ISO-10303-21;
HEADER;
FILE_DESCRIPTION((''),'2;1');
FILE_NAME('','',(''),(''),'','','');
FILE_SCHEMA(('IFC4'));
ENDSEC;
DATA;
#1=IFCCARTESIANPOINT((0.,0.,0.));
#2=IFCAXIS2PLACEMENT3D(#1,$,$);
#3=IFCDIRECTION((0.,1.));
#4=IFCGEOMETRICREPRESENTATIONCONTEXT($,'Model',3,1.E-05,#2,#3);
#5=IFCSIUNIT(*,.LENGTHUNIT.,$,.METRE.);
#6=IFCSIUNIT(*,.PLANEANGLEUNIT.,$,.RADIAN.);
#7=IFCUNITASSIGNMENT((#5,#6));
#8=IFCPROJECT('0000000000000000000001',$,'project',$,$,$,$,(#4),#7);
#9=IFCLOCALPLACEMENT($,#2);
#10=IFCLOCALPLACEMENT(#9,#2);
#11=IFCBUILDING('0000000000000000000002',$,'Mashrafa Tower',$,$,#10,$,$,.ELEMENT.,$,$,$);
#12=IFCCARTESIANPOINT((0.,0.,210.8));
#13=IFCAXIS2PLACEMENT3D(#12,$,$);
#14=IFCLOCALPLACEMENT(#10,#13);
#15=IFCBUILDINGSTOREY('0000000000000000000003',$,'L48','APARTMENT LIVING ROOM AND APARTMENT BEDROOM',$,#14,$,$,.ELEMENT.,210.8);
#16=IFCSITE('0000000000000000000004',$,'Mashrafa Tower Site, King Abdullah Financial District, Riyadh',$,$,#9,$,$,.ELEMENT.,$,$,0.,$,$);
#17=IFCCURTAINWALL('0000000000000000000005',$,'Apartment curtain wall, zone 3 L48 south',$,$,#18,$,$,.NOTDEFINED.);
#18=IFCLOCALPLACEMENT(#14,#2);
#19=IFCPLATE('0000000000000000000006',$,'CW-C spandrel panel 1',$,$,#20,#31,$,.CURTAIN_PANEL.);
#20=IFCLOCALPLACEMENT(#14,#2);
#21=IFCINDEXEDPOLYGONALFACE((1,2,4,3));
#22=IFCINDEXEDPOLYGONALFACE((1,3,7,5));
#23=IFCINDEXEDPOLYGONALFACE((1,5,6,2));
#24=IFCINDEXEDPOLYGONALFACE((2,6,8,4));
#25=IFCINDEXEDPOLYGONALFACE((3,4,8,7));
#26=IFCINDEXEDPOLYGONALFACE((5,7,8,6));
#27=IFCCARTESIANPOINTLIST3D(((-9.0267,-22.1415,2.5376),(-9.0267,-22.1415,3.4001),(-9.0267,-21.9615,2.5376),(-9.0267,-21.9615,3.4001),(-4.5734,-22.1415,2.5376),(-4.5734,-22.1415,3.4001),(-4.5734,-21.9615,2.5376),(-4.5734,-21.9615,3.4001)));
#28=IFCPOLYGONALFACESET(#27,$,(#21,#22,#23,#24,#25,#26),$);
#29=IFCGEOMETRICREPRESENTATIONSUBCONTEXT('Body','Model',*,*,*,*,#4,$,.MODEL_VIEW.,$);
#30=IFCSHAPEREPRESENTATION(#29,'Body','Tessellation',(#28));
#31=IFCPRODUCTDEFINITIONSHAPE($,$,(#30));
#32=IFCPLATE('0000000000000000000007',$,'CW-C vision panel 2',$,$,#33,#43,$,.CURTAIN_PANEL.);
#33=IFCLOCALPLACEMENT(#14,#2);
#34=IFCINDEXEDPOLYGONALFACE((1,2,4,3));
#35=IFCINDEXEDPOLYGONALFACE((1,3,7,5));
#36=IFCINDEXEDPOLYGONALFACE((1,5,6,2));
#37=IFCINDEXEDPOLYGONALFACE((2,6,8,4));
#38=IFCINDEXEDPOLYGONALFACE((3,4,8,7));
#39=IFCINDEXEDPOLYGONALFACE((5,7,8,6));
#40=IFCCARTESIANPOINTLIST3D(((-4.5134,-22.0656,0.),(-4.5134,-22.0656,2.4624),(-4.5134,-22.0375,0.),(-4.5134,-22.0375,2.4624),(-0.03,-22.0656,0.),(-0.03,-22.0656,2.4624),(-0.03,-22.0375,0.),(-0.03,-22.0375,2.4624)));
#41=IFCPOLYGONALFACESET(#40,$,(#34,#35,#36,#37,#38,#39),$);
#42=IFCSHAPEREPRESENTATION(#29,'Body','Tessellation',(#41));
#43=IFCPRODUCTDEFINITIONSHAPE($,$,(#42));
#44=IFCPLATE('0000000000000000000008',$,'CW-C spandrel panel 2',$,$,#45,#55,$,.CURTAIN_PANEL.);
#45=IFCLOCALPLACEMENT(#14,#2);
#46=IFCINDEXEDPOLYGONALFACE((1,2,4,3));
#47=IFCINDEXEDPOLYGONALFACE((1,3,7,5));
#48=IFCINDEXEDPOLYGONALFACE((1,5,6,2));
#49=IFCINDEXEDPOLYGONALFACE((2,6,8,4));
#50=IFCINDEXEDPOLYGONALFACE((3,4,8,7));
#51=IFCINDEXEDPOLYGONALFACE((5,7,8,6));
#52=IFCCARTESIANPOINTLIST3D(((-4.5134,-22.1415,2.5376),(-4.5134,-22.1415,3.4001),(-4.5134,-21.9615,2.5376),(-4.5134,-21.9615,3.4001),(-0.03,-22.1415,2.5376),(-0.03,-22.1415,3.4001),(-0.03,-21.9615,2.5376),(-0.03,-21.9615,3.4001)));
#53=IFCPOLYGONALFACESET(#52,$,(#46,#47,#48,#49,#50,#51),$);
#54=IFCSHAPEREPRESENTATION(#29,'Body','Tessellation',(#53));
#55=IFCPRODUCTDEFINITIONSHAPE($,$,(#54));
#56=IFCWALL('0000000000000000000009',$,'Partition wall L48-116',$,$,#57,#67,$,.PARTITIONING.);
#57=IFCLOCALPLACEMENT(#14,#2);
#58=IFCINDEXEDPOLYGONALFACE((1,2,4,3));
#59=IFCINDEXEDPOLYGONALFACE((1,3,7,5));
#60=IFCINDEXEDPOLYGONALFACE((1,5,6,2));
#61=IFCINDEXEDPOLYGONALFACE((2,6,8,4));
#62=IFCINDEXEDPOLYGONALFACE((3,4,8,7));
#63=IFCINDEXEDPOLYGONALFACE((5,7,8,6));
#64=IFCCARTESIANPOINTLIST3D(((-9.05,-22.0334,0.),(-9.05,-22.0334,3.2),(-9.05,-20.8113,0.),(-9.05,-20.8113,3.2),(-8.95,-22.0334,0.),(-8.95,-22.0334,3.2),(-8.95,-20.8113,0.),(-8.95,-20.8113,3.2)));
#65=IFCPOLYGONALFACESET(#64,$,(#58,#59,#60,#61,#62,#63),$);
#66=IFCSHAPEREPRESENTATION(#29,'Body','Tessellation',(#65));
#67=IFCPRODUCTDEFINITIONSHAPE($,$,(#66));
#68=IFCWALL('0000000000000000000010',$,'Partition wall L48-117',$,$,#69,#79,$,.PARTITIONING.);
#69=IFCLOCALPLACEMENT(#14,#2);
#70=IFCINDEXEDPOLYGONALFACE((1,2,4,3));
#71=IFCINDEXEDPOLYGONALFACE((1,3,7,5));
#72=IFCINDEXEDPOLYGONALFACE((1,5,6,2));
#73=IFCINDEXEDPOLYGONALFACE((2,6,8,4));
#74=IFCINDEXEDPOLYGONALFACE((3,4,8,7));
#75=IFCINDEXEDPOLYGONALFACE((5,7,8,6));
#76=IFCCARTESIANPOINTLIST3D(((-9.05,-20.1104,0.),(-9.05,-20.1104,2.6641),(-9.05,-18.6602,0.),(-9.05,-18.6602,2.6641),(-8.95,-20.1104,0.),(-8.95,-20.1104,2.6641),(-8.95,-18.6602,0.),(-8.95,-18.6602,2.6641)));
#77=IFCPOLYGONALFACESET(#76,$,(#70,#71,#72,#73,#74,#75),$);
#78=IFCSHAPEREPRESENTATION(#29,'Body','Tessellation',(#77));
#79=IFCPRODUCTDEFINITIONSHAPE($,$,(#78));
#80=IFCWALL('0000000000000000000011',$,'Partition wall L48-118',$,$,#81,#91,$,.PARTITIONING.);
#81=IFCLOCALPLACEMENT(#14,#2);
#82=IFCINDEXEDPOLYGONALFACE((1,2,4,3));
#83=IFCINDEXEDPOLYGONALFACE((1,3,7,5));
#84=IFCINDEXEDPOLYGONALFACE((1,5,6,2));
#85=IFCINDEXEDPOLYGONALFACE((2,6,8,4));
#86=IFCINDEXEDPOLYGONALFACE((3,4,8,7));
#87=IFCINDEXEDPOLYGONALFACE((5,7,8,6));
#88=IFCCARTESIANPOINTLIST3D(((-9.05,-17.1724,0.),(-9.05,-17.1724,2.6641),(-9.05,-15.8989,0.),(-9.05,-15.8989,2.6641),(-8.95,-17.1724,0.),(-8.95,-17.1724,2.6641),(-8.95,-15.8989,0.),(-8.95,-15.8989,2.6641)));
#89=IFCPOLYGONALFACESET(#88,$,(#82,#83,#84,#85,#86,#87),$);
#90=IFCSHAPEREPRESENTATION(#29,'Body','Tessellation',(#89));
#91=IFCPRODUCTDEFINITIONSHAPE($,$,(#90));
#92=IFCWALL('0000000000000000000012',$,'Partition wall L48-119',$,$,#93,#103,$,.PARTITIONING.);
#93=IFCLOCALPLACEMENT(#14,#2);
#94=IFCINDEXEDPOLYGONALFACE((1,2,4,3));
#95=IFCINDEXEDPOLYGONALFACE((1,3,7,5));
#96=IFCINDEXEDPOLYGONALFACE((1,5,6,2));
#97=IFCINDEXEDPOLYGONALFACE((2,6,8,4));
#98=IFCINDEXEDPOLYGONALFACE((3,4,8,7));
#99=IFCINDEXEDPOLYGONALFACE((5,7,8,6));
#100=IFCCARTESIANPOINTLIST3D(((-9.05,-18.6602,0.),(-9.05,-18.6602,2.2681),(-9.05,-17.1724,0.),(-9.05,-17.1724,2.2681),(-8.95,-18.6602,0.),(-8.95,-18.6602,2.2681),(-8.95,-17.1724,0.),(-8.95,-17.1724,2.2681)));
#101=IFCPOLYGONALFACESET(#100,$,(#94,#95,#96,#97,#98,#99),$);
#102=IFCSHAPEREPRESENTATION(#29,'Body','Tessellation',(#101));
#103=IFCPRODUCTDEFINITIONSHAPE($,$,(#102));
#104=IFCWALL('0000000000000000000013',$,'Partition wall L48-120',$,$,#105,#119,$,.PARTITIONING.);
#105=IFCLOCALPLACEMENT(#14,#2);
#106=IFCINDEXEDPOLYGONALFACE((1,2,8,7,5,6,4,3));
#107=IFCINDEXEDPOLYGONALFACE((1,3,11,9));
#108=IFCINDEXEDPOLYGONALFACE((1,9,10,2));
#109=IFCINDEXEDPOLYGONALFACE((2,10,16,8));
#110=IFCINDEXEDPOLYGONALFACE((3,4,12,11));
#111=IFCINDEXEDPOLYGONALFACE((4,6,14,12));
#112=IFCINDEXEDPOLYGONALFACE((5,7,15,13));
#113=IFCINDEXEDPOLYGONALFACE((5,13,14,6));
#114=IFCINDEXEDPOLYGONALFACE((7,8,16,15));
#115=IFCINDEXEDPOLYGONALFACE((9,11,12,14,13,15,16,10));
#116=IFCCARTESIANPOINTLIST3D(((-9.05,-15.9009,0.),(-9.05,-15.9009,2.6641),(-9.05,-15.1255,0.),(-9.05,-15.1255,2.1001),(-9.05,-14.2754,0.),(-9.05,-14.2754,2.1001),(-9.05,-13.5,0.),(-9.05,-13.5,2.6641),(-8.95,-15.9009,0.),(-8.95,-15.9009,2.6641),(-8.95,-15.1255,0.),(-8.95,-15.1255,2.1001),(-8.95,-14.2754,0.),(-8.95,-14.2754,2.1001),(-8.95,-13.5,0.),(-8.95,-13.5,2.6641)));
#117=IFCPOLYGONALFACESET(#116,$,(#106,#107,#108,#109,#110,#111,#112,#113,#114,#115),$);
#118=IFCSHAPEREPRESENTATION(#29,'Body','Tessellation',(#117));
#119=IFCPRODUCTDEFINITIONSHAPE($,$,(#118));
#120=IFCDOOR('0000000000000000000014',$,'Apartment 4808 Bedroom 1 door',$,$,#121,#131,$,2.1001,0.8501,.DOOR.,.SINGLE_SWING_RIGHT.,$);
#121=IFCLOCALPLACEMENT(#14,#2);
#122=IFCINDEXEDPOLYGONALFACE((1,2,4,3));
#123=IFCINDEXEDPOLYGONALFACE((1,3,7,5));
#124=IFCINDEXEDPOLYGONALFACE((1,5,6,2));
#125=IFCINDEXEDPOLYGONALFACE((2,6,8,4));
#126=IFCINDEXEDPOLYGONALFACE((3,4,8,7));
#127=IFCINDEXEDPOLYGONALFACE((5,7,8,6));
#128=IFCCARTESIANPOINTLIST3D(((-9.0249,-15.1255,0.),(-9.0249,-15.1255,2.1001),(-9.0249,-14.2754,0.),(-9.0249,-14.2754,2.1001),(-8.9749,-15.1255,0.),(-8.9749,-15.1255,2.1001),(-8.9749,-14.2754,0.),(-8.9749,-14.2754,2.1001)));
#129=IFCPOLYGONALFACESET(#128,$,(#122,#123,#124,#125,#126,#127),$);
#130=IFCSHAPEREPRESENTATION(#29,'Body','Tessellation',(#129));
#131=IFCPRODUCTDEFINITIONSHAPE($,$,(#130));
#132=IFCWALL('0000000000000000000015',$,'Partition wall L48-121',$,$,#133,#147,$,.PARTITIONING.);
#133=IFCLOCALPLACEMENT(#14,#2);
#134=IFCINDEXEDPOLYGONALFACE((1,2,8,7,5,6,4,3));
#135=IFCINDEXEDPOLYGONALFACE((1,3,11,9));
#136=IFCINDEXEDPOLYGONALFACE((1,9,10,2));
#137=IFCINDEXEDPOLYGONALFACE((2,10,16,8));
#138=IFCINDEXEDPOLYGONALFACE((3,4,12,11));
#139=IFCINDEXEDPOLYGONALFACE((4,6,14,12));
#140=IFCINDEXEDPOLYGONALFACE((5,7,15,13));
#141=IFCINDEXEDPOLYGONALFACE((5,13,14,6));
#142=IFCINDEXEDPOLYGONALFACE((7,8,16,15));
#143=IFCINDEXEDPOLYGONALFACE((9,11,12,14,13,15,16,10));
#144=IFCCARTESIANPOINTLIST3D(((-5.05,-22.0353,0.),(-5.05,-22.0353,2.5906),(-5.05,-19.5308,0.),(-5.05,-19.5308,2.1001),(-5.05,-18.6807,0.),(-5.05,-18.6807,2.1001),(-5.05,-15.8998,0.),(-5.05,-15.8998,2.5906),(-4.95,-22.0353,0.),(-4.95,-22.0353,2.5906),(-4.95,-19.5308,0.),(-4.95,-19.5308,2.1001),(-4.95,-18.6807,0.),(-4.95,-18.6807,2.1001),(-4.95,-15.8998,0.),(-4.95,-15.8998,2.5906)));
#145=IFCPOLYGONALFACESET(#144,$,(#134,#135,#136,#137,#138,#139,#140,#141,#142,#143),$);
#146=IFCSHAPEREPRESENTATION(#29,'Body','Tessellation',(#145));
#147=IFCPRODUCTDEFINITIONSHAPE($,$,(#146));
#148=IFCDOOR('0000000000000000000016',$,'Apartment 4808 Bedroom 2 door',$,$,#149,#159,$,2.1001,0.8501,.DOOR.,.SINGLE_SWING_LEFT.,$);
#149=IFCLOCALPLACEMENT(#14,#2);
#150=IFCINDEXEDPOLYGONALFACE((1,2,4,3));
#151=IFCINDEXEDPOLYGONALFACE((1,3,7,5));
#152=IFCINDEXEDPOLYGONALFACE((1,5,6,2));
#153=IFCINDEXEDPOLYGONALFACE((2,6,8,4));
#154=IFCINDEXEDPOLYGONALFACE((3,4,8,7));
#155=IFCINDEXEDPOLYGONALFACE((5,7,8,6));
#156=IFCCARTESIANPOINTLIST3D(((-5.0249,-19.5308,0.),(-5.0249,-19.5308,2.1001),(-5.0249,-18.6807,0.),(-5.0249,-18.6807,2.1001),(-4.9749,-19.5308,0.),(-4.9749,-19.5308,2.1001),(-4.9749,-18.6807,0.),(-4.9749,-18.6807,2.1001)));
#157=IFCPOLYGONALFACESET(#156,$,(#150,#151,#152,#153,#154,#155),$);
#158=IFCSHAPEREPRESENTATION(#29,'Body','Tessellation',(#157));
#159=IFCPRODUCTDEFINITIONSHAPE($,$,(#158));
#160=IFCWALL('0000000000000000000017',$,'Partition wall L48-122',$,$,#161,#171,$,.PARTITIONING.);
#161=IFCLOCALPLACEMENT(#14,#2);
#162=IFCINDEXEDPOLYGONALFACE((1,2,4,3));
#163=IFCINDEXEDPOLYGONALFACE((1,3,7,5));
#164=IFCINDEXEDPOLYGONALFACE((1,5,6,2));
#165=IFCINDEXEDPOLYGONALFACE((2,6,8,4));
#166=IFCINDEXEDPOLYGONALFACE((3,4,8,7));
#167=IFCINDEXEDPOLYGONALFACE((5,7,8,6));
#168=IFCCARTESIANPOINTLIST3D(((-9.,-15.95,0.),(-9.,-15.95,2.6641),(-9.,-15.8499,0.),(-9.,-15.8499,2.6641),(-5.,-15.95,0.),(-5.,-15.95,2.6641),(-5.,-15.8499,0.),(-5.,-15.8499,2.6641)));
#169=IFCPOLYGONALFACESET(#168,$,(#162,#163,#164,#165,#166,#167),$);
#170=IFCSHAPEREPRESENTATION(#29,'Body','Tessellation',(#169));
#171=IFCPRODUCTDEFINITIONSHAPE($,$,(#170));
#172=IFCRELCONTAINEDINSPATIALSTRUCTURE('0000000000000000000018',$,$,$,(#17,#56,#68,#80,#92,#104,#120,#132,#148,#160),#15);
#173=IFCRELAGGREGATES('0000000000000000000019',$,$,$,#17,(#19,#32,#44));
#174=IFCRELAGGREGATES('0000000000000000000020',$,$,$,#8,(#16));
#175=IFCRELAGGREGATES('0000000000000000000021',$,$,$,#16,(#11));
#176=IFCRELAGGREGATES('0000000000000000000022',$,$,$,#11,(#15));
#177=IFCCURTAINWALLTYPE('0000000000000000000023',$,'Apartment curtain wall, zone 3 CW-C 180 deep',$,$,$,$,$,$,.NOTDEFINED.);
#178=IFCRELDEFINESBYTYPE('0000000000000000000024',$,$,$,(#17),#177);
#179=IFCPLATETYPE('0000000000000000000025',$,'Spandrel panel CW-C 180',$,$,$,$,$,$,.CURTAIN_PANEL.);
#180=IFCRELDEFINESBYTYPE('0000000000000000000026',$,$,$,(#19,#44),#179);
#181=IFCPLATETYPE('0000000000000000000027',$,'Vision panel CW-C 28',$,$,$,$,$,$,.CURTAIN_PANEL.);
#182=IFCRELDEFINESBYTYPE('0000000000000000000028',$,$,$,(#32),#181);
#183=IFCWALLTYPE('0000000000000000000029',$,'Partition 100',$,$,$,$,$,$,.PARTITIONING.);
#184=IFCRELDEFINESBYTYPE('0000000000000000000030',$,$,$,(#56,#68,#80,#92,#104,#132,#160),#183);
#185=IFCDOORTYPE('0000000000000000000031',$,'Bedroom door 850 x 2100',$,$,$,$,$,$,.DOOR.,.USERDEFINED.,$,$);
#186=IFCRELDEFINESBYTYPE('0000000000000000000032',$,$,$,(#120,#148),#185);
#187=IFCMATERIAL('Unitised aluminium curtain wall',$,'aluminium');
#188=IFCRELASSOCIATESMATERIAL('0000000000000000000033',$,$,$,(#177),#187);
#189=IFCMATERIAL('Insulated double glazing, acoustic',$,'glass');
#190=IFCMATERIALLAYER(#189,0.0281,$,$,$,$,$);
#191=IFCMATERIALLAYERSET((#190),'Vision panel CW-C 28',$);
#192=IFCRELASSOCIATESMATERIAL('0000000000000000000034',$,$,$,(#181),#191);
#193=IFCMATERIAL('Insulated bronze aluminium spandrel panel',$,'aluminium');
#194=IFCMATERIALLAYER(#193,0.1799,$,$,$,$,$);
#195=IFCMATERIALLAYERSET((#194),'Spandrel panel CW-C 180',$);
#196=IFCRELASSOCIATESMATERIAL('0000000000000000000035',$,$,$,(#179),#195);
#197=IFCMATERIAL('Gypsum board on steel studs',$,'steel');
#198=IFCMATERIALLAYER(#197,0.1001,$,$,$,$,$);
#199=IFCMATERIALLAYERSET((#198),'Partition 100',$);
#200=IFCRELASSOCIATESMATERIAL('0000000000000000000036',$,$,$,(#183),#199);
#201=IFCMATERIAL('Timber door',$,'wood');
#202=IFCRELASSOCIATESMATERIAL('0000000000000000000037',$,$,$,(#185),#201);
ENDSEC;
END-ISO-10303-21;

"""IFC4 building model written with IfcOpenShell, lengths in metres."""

from ifc_helpers import new_model, si_unit, direction, frame, frame_2d, origin, origin_2d, place, context, subcontext, project, spatial, rectangle, extrude, source, transform, mapped, material, layer, layer_set, type_object, type_shapes, element, fill, aggregate, save


model = new_model("IFC4")

# Units and contexts
model_context = context("Model", 3, precision=1e-05, world=origin(), true_north=direction((0.0, 1.0)))
body_context = subcontext(model_context, "Body", "Model", "MODEL_VIEW")
ifc_project = project(units=[si_unit("LENGTHUNIT", "METRE"), si_unit("PLANEANGLEUNIT", "RADIAN")], contexts=[model_context])

# Site, building, storey
site_placement = place(None, origin())
site = spatial("IfcSite", under=ifc_project, at=site_placement, Name="Mashrafa Tower Site, King Abdullah Financial District, Riyadh", CompositionType="ELEMENT", RefElevation=0.0)
building_placement = place(site_placement, origin())
building = spatial("IfcBuilding", under=site, at=building_placement, Name="Mashrafa Tower", CompositionType="ELEMENT")
storey_placement = place(building_placement, frame((0.0, 0.0, 210.8)))
storey = spatial("IfcBuildingStorey", under=building, at=storey_placement, Name="L48", Description="APARTMENT LIVING ROOM AND APARTMENT BEDROOM", CompositionType="ELEMENT", Elevation=210.8)

# Curtain wall
ifc_material_1 = material(Name="Unitised aluminium curtain wall", Category="aluminium")
curtain_wall_type = type_object("IfcCurtainWallType", Name="Apartment curtain wall, zone 3 CW-C 180 deep", PredefinedType="NOTDEFINED", material=ifc_material_1)
curtain_wall_1_placement = place(storey_placement, origin())
curtain_wall_1 = element("IfcCurtainWall", 1, at=curtain_wall_1_placement, inside=storey, type_object=curtain_wall_type, Name="Apartment curtain wall, zone 3 L48 south", PredefinedType="NOTDEFINED")

# Plates
ifc_material_2 = material(Name="Insulated double glazing, acoustic", Category="glass")
ifc_layer_1 = layer(ifc_material_2, 0.0281)
ifc_layer_set_1 = layer_set([ifc_layer_1], Name="Vision panel CW-C 28")
plate_type_1 = type_object("IfcPlateType", Name="Vision panel CW-C 28", PredefinedType="CURTAIN_PANEL", material=ifc_layer_set_1)
ifc_material_3 = material(Name="Insulated bronze aluminium spandrel panel", Category="aluminium")
ifc_layer_2 = layer(ifc_material_3, 0.1799)
ifc_layer_set_2 = layer_set([ifc_layer_2], Name="Spandrel panel CW-C 180")
plate_type_2 = type_object("IfcPlateType", Name="Spandrel panel CW-C 180", PredefinedType="CURTAIN_PANEL", material=ifc_layer_set_2)
shared_shape_1 = source(origin(), body_context, "Body", "SweptSolid", [
    extrude(rectangle(XDim=4.4534, YDim=0.1799, at=origin_2d()), origin(), (0.0, 0.0, 1.0), 0.8625),
])
plate_1_placement = place(storey_placement, frame((-6.8, -22.0515, 2.5376), z_axis=(0.0, 0.0, 1.0), x_axis=(1.0, 0.0, 0.0)))
plate_1 = element("IfcPlate", 2, at=plate_1_placement, type_object=plate_type_2, Name="CW-C spandrel panel 1", PredefinedType="CURTAIN_PANEL", context=body_context, shape_type="MappedRepresentation", body=[
    mapped(shared_shape_1, transform((0.0, 0.0, 0.0))),
])
shared_shape_2 = source(origin(), body_context, "Body", "SweptSolid", [
    extrude(rectangle(XDim=4.4834, YDim=0.0281, at=origin_2d()), origin(), (0.0, 0.0, 1.0), 2.4624),
])
plate_2_placement = place(storey_placement, frame((-2.2717, -22.0515, 0.0), z_axis=(0.0, 0.0, 1.0), x_axis=(1.0, 0.0, 0.0)))
plate_2 = element("IfcPlate", 3, at=plate_2_placement, type_object=plate_type_1, Name="CW-C vision panel 2", PredefinedType="CURTAIN_PANEL", context=body_context, shape_type="MappedRepresentation", body=[
    mapped(shared_shape_2, transform((0.0, 0.0, 0.0))),
])
shared_shape_3 = source(origin(), body_context, "Body", "SweptSolid", [
    extrude(rectangle(XDim=4.4834, YDim=0.1799, at=origin_2d()), origin(), (0.0, 0.0, 1.0), 0.8625),
])
type_shapes(plate_type_2, [shared_shape_1, shared_shape_3])
plate_3_placement = place(storey_placement, frame((-2.2717, -22.0515, 2.5376), z_axis=(0.0, 0.0, 1.0), x_axis=(1.0, 0.0, 0.0)))
plate_3 = element("IfcPlate", 4, at=plate_3_placement, type_object=plate_type_2, Name="CW-C spandrel panel 2", PredefinedType="CURTAIN_PANEL", context=body_context, shape_type="MappedRepresentation", body=[
    mapped(shared_shape_3, transform((0.0, 0.0, 0.0))),
])
aggregate(curtain_wall_1, [plate_1, plate_2, plate_3])

# Walls
ifc_material_4 = material(Name="Gypsum board on steel studs", Category="steel")
ifc_layer_3 = layer(ifc_material_4, 0.1001)
ifc_layer_set_3 = layer_set([ifc_layer_3], Name="Partition 100")
wall_type = type_object("IfcWallType", Name="Partition 100", PredefinedType="PARTITIONING", material=ifc_layer_set_3)
wall_1_placement = place(storey_placement, frame((-9.0, -22.0334, 0.0), z_axis=(0.0, 0.0, 1.0), x_axis=(0.0, 1.0, 0.0)))
element("IfcWall", 5, at=wall_1_placement, inside=storey, type_object=wall_type, Name="Partition wall L48-116", PredefinedType="PARTITIONING", context=body_context, shape_type="SweptSolid", body=[
    extrude(rectangle(XDim=1.2222, YDim=0.1001, at=frame_2d((0.6111, 0.0))), origin(), (0.0, 0.0, 1.0), 3.2),
])
wall_2_placement = place(storey_placement, frame((-9.0, -20.1104, 0.0), z_axis=(0.0, 0.0, 1.0), x_axis=(0.0, 1.0, 0.0)))
element("IfcWall", 6, at=wall_2_placement, inside=storey, type_object=wall_type, Name="Partition wall L48-117", PredefinedType="PARTITIONING", context=body_context, shape_type="SweptSolid", body=[
    extrude(rectangle(XDim=1.4502, YDim=0.1001, at=frame_2d((0.7251, 0.0))), origin(), (0.0, 0.0, 1.0), 2.6641),
])
wall_3_placement = place(storey_placement, frame((-9.0, -17.1724, 0.0), z_axis=(0.0, 0.0, 1.0), x_axis=(0.0, 1.0, 0.0)))
element("IfcWall", 7, at=wall_3_placement, inside=storey, type_object=wall_type, Name="Partition wall L48-118", PredefinedType="PARTITIONING", context=body_context, shape_type="SweptSolid", body=[
    extrude(rectangle(XDim=1.2734, YDim=0.1001, at=frame_2d((0.6367, 0.0))), origin(), (0.0, 0.0, 1.0), 2.6641),
])
wall_4_placement = place(storey_placement, frame((-9.0, -18.6602, 0.0), z_axis=(0.0, 0.0, 1.0), x_axis=(0.0, 1.0, 0.0)))
element("IfcWall", 8, at=wall_4_placement, inside=storey, type_object=wall_type, Name="Partition wall L48-119", PredefinedType="PARTITIONING", context=body_context, shape_type="SweptSolid", body=[
    extrude(rectangle(XDim=1.4878, YDim=0.1001, at=frame_2d((0.7439, 0.0))), origin(), (0.0, 0.0, 1.0), 2.2681),
])

# Walls, openings, doors
wall_5_placement = place(storey_placement, frame((-9.0, -15.9009, 0.0), z_axis=(0.0, 0.0, 1.0), x_axis=(0.0, 1.0, 0.0)))
wall_5 = element("IfcWall", 9, at=wall_5_placement, inside=storey, type_object=wall_type, Name="Partition wall L48-120", PredefinedType="PARTITIONING", context=body_context, shape_type="SweptSolid", body=[
    extrude(rectangle(XDim=2.4009, YDim=0.1001, at=frame_2d((1.2004, 0.0))), origin(), (0.0, 0.0, 1.0), 2.6641),
])
opening_1_placement = place(wall_5_placement, frame((0.7754, 0.0, 0.0)))
opening_1 = element("IfcOpeningElement", 10, at=opening_1_placement, cuts=wall_5, PredefinedType="OPENING", context=body_context, shape_type="SweptSolid", body=[
    extrude(rectangle(XDim=0.8501, YDim=2.1001, at=frame_2d((0.425, 1.05))), frame((0.0, 0.0601, 0.0), z_axis=(0.0, -1.0, 0.0), x_axis=(1.0, 0.0, 0.0)), (0.0, 0.0, 1.0), 0.1201),
])
ifc_material_5 = material(Name="Timber door", Category="wood")
door_type = type_object("IfcDoorType", Name="Bedroom door 850 x 2100", OperationType="USERDEFINED", PredefinedType="DOOR", material=ifc_material_5)
door_1_placement = place(opening_1_placement, origin())
door_1 = element("IfcDoor", 11, at=door_1_placement, inside=storey, type_object=door_type, Name="Apartment 4808 Bedroom 1 door", OperationType="SINGLE_SWING_RIGHT", OverallHeight=2.1001, OverallWidth=0.8501, PredefinedType="DOOR", context=body_context, shape_type="SweptSolid", body=[
    extrude(rectangle(XDim=0.8501, YDim=2.1001, at=frame_2d((0.425, 1.05))), frame((0.0, 0.0249, 0.0), z_axis=(0.0, -1.0, 0.0), x_axis=(1.0, 0.0, 0.0)), (0.0, 0.0, 1.0), 0.05),
])
fill(opening_1, door_1)
wall_6_placement = place(storey_placement, frame((-5.0, -22.0354, 0.0), z_axis=(0.0, 0.0, 1.0), x_axis=(0.0, 1.0, 0.0)))
wall_6 = element("IfcWall", 12, at=wall_6_placement, inside=storey, type_object=wall_type, Name="Partition wall L48-121", PredefinedType="PARTITIONING", context=body_context, shape_type="SweptSolid", body=[
    extrude(rectangle(XDim=6.1355, YDim=0.1001, at=frame_2d((3.0679, 0.0))), origin(), (0.0, 0.0, 1.0), 2.5906),
])
opening_2_placement = place(wall_6_placement, frame((2.5046, 0.0, 0.0)))
opening_2 = element("IfcOpeningElement", 13, at=opening_2_placement, cuts=wall_6, PredefinedType="OPENING", context=body_context, shape_type="SweptSolid", body=[
    extrude(rectangle(XDim=0.8501, YDim=2.1001, at=frame_2d((0.425, 1.05))), frame((0.0, 0.0601, 0.0), z_axis=(0.0, -1.0, 0.0), x_axis=(1.0, 0.0, 0.0)), (0.0, 0.0, 1.0), 0.1201),
])
door_2_placement = place(opening_2_placement, origin())
door_2 = element("IfcDoor", 14, at=door_2_placement, inside=storey, type_object=door_type, Name="Apartment 4808 Bedroom 2 door", OperationType="SINGLE_SWING_LEFT", OverallHeight=2.1001, OverallWidth=0.8501, PredefinedType="DOOR", context=body_context, shape_type="SweptSolid", body=[
    extrude(rectangle(XDim=0.8501, YDim=2.1001, at=frame_2d((0.425, 1.05))), frame((0.0, 0.0249, 0.0), z_axis=(0.0, -1.0, 0.0), x_axis=(1.0, 0.0, 0.0)), (0.0, 0.0, 1.0), 0.05),
])
fill(opening_2, door_2)

# Wall
wall_7_placement = place(storey_placement, frame((-5.0, -15.8999, 0.0), z_axis=(0.0, 0.0, 1.0), x_axis=(-1.0, 0.0, 0.0)))
element("IfcWall", 15, at=wall_7_placement, inside=storey, type_object=wall_type, Name="Partition wall L48-122", PredefinedType="PARTITIONING", context=body_context, shape_type="SweptSolid", body=[
    extrude(rectangle(XDim=4.0, YDim=0.1001, at=frame_2d((2.0, 0.0))), origin(), (0.0, 0.0, 1.0), 2.6641),
])

save(model, "model.ifc")
